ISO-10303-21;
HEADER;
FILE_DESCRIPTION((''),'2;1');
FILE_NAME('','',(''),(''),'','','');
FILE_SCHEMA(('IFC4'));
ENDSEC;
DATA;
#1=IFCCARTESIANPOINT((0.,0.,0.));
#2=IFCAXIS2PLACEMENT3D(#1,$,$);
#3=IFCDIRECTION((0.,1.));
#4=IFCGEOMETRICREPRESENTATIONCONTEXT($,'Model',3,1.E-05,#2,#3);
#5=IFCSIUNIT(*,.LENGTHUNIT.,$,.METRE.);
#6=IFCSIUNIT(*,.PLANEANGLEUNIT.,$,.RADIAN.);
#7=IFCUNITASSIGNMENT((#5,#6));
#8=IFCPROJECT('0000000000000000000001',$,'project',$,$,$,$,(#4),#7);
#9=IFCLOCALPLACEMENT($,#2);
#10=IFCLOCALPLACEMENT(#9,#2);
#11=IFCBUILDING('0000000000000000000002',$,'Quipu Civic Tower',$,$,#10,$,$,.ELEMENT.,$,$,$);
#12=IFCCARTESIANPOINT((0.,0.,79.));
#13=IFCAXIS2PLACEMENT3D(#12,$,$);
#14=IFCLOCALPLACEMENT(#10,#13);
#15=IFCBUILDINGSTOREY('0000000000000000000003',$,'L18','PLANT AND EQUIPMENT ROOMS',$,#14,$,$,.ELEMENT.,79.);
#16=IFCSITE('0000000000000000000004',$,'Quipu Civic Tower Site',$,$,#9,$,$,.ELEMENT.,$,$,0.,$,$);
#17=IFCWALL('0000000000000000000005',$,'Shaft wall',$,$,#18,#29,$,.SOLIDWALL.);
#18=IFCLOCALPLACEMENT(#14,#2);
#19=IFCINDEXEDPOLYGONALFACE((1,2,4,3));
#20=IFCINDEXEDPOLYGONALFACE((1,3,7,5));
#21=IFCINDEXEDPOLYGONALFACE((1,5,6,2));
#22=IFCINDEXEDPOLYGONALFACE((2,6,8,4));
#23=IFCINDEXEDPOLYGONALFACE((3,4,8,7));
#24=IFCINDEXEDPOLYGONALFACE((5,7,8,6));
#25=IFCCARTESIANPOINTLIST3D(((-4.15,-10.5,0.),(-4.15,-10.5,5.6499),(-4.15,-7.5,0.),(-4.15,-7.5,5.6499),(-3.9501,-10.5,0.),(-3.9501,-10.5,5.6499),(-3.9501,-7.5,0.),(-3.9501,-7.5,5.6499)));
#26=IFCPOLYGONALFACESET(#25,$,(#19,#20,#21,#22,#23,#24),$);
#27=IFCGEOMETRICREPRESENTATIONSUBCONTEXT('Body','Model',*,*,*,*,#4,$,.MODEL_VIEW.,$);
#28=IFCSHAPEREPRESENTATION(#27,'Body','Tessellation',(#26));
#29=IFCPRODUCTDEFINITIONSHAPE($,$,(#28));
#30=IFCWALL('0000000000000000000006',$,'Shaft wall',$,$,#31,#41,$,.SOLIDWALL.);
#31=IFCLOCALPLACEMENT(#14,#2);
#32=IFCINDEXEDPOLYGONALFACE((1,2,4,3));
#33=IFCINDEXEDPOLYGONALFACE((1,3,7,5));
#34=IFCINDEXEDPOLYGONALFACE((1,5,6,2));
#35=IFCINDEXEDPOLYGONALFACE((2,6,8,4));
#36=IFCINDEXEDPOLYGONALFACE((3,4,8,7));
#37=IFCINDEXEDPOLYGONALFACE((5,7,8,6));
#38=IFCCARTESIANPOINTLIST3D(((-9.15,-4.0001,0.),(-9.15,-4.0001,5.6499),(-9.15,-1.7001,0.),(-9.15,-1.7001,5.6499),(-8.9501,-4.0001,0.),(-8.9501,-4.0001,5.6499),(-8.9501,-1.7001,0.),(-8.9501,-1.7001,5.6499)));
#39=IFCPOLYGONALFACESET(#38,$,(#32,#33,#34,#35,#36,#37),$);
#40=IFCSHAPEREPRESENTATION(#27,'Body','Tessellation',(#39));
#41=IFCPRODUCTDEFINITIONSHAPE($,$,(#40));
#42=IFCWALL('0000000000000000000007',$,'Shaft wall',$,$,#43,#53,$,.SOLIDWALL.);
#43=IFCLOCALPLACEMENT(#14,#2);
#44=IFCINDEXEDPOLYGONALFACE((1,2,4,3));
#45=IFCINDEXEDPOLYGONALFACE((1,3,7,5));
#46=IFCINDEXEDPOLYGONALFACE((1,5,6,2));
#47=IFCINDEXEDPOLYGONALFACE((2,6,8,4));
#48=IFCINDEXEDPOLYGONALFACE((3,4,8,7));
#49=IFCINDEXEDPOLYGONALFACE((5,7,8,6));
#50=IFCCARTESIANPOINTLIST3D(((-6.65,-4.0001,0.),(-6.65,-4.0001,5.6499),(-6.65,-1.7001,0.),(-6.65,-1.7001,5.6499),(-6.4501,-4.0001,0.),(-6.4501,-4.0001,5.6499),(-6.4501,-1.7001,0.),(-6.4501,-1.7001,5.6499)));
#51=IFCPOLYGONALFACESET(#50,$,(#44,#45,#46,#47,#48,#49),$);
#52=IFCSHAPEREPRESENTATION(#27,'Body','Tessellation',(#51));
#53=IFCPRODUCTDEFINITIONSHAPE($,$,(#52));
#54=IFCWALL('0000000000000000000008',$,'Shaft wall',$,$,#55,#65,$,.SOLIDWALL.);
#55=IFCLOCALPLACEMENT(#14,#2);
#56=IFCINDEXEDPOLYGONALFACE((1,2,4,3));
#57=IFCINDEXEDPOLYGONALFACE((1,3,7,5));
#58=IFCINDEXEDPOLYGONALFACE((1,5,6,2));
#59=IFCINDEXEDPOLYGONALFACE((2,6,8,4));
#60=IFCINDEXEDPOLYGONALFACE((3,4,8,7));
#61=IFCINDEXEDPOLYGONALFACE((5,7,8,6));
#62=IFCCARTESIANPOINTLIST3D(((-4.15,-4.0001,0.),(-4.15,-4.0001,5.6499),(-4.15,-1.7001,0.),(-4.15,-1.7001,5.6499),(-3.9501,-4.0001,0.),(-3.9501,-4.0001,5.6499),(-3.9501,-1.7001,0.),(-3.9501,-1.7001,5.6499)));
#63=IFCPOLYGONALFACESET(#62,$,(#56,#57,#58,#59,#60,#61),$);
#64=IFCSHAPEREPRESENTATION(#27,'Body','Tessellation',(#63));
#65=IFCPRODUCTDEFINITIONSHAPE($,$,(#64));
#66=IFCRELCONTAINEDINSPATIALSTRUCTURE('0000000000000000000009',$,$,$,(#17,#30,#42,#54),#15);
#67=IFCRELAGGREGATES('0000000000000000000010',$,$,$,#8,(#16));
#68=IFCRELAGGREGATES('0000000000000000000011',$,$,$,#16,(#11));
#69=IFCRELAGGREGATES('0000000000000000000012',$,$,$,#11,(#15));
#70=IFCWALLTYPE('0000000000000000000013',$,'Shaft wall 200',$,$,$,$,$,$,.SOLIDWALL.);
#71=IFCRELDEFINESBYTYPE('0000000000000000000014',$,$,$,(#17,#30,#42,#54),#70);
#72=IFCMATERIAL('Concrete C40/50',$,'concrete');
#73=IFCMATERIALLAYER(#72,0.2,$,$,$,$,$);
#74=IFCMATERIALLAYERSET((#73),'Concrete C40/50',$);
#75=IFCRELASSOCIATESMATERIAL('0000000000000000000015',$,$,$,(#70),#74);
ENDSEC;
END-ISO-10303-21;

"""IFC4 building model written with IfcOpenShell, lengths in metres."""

from ifc_helpers import new_model, si_unit, direction, frame, frame_2d, origin, place, context, subcontext, project, spatial, rectangle, extrude, material, layer, layer_set, type_object, element, save


model = new_model("IFC4")

# Units and contexts
model_context = context("Model", 3, precision=1e-05, world=origin(), true_north=direction((0.0, 1.0)))
body_context = subcontext(model_context, "Body", "Model", "MODEL_VIEW")
ifc_project = project(units=[si_unit("LENGTHUNIT", "METRE"), si_unit("PLANEANGLEUNIT", "RADIAN")], contexts=[model_context])

# Site, building, storey
site_placement = place(None, origin())
site = spatial("IfcSite", under=ifc_project, at=site_placement, Name="Quipu Civic Tower Site", CompositionType="ELEMENT", RefElevation=0.0)
building_placement = place(site_placement, origin())
building = spatial("IfcBuilding", under=site, at=building_placement, Name="Quipu Civic Tower", CompositionType="ELEMENT")
storey_placement = place(building_placement, frame((0.0, 0.0, 79.0)))
storey = spatial("IfcBuildingStorey", under=building, at=storey_placement, Name="L18", Description="PLANT AND EQUIPMENT ROOMS", CompositionType="ELEMENT", Elevation=79.0)

# Walls
ifc_material_1 = material(Name="Concrete C40/50", Category="concrete")
ifc_layer_1 = layer(ifc_material_1, 0.2)
ifc_layer_set_1 = layer_set([ifc_layer_1], Name="Concrete C40/50")
wall_type_1 = type_object("IfcWallType", Name="Shaft wall 200", PredefinedType="SOLIDWALL", material=ifc_layer_set_1)
for number, where, z_axis, x_axis, name in (
    (1, (-4.05, -10.5, 0.0), (0.0, 0.0, 1.0), (0.0, 1.0, 0.0), "Shaft wall"),
):
    element("IfcWall", number, at=place(storey_placement, frame(where, z_axis=z_axis, x_axis=x_axis)), inside=storey, type_object=wall_type_1, Name=name, PredefinedType="SOLIDWALL", context=body_context, shape_type="SweptSolid", body=[
        extrude(rectangle(XDim=3.0, YDim=0.2, at=frame_2d((1.5, 0.0))), origin(), (0.0, 0.0, 1.0), 5.6499),
    ])
for number, where, z_axis, x_axis, name in (
    (2, (-9.05, -4.0, 0.0), (0.0, 0.0, 1.0), (0.0, 1.0, 0.0), "Shaft wall"),
    (3, (-6.55, -4.0, 0.0), (0.0, 0.0, 1.0), (0.0, 1.0, 0.0), "Shaft wall"),
    (4, (-4.05, -4.0, 0.0), (0.0, 0.0, 1.0), (0.0, 1.0, 0.0), "Shaft wall"),
):
    element("IfcWall", number, at=place(storey_placement, frame(where, z_axis=z_axis, x_axis=x_axis)), inside=storey, type_object=wall_type_1, Name=name, PredefinedType="SOLIDWALL", context=body_context, shape_type="SweptSolid", body=[
        extrude(rectangle(XDim=2.3, YDim=0.2, at=frame_2d((1.1499, 0.0))), origin(), (0.0, 0.0, 1.0), 5.6499),
    ])

save(model, "model.ifc")
